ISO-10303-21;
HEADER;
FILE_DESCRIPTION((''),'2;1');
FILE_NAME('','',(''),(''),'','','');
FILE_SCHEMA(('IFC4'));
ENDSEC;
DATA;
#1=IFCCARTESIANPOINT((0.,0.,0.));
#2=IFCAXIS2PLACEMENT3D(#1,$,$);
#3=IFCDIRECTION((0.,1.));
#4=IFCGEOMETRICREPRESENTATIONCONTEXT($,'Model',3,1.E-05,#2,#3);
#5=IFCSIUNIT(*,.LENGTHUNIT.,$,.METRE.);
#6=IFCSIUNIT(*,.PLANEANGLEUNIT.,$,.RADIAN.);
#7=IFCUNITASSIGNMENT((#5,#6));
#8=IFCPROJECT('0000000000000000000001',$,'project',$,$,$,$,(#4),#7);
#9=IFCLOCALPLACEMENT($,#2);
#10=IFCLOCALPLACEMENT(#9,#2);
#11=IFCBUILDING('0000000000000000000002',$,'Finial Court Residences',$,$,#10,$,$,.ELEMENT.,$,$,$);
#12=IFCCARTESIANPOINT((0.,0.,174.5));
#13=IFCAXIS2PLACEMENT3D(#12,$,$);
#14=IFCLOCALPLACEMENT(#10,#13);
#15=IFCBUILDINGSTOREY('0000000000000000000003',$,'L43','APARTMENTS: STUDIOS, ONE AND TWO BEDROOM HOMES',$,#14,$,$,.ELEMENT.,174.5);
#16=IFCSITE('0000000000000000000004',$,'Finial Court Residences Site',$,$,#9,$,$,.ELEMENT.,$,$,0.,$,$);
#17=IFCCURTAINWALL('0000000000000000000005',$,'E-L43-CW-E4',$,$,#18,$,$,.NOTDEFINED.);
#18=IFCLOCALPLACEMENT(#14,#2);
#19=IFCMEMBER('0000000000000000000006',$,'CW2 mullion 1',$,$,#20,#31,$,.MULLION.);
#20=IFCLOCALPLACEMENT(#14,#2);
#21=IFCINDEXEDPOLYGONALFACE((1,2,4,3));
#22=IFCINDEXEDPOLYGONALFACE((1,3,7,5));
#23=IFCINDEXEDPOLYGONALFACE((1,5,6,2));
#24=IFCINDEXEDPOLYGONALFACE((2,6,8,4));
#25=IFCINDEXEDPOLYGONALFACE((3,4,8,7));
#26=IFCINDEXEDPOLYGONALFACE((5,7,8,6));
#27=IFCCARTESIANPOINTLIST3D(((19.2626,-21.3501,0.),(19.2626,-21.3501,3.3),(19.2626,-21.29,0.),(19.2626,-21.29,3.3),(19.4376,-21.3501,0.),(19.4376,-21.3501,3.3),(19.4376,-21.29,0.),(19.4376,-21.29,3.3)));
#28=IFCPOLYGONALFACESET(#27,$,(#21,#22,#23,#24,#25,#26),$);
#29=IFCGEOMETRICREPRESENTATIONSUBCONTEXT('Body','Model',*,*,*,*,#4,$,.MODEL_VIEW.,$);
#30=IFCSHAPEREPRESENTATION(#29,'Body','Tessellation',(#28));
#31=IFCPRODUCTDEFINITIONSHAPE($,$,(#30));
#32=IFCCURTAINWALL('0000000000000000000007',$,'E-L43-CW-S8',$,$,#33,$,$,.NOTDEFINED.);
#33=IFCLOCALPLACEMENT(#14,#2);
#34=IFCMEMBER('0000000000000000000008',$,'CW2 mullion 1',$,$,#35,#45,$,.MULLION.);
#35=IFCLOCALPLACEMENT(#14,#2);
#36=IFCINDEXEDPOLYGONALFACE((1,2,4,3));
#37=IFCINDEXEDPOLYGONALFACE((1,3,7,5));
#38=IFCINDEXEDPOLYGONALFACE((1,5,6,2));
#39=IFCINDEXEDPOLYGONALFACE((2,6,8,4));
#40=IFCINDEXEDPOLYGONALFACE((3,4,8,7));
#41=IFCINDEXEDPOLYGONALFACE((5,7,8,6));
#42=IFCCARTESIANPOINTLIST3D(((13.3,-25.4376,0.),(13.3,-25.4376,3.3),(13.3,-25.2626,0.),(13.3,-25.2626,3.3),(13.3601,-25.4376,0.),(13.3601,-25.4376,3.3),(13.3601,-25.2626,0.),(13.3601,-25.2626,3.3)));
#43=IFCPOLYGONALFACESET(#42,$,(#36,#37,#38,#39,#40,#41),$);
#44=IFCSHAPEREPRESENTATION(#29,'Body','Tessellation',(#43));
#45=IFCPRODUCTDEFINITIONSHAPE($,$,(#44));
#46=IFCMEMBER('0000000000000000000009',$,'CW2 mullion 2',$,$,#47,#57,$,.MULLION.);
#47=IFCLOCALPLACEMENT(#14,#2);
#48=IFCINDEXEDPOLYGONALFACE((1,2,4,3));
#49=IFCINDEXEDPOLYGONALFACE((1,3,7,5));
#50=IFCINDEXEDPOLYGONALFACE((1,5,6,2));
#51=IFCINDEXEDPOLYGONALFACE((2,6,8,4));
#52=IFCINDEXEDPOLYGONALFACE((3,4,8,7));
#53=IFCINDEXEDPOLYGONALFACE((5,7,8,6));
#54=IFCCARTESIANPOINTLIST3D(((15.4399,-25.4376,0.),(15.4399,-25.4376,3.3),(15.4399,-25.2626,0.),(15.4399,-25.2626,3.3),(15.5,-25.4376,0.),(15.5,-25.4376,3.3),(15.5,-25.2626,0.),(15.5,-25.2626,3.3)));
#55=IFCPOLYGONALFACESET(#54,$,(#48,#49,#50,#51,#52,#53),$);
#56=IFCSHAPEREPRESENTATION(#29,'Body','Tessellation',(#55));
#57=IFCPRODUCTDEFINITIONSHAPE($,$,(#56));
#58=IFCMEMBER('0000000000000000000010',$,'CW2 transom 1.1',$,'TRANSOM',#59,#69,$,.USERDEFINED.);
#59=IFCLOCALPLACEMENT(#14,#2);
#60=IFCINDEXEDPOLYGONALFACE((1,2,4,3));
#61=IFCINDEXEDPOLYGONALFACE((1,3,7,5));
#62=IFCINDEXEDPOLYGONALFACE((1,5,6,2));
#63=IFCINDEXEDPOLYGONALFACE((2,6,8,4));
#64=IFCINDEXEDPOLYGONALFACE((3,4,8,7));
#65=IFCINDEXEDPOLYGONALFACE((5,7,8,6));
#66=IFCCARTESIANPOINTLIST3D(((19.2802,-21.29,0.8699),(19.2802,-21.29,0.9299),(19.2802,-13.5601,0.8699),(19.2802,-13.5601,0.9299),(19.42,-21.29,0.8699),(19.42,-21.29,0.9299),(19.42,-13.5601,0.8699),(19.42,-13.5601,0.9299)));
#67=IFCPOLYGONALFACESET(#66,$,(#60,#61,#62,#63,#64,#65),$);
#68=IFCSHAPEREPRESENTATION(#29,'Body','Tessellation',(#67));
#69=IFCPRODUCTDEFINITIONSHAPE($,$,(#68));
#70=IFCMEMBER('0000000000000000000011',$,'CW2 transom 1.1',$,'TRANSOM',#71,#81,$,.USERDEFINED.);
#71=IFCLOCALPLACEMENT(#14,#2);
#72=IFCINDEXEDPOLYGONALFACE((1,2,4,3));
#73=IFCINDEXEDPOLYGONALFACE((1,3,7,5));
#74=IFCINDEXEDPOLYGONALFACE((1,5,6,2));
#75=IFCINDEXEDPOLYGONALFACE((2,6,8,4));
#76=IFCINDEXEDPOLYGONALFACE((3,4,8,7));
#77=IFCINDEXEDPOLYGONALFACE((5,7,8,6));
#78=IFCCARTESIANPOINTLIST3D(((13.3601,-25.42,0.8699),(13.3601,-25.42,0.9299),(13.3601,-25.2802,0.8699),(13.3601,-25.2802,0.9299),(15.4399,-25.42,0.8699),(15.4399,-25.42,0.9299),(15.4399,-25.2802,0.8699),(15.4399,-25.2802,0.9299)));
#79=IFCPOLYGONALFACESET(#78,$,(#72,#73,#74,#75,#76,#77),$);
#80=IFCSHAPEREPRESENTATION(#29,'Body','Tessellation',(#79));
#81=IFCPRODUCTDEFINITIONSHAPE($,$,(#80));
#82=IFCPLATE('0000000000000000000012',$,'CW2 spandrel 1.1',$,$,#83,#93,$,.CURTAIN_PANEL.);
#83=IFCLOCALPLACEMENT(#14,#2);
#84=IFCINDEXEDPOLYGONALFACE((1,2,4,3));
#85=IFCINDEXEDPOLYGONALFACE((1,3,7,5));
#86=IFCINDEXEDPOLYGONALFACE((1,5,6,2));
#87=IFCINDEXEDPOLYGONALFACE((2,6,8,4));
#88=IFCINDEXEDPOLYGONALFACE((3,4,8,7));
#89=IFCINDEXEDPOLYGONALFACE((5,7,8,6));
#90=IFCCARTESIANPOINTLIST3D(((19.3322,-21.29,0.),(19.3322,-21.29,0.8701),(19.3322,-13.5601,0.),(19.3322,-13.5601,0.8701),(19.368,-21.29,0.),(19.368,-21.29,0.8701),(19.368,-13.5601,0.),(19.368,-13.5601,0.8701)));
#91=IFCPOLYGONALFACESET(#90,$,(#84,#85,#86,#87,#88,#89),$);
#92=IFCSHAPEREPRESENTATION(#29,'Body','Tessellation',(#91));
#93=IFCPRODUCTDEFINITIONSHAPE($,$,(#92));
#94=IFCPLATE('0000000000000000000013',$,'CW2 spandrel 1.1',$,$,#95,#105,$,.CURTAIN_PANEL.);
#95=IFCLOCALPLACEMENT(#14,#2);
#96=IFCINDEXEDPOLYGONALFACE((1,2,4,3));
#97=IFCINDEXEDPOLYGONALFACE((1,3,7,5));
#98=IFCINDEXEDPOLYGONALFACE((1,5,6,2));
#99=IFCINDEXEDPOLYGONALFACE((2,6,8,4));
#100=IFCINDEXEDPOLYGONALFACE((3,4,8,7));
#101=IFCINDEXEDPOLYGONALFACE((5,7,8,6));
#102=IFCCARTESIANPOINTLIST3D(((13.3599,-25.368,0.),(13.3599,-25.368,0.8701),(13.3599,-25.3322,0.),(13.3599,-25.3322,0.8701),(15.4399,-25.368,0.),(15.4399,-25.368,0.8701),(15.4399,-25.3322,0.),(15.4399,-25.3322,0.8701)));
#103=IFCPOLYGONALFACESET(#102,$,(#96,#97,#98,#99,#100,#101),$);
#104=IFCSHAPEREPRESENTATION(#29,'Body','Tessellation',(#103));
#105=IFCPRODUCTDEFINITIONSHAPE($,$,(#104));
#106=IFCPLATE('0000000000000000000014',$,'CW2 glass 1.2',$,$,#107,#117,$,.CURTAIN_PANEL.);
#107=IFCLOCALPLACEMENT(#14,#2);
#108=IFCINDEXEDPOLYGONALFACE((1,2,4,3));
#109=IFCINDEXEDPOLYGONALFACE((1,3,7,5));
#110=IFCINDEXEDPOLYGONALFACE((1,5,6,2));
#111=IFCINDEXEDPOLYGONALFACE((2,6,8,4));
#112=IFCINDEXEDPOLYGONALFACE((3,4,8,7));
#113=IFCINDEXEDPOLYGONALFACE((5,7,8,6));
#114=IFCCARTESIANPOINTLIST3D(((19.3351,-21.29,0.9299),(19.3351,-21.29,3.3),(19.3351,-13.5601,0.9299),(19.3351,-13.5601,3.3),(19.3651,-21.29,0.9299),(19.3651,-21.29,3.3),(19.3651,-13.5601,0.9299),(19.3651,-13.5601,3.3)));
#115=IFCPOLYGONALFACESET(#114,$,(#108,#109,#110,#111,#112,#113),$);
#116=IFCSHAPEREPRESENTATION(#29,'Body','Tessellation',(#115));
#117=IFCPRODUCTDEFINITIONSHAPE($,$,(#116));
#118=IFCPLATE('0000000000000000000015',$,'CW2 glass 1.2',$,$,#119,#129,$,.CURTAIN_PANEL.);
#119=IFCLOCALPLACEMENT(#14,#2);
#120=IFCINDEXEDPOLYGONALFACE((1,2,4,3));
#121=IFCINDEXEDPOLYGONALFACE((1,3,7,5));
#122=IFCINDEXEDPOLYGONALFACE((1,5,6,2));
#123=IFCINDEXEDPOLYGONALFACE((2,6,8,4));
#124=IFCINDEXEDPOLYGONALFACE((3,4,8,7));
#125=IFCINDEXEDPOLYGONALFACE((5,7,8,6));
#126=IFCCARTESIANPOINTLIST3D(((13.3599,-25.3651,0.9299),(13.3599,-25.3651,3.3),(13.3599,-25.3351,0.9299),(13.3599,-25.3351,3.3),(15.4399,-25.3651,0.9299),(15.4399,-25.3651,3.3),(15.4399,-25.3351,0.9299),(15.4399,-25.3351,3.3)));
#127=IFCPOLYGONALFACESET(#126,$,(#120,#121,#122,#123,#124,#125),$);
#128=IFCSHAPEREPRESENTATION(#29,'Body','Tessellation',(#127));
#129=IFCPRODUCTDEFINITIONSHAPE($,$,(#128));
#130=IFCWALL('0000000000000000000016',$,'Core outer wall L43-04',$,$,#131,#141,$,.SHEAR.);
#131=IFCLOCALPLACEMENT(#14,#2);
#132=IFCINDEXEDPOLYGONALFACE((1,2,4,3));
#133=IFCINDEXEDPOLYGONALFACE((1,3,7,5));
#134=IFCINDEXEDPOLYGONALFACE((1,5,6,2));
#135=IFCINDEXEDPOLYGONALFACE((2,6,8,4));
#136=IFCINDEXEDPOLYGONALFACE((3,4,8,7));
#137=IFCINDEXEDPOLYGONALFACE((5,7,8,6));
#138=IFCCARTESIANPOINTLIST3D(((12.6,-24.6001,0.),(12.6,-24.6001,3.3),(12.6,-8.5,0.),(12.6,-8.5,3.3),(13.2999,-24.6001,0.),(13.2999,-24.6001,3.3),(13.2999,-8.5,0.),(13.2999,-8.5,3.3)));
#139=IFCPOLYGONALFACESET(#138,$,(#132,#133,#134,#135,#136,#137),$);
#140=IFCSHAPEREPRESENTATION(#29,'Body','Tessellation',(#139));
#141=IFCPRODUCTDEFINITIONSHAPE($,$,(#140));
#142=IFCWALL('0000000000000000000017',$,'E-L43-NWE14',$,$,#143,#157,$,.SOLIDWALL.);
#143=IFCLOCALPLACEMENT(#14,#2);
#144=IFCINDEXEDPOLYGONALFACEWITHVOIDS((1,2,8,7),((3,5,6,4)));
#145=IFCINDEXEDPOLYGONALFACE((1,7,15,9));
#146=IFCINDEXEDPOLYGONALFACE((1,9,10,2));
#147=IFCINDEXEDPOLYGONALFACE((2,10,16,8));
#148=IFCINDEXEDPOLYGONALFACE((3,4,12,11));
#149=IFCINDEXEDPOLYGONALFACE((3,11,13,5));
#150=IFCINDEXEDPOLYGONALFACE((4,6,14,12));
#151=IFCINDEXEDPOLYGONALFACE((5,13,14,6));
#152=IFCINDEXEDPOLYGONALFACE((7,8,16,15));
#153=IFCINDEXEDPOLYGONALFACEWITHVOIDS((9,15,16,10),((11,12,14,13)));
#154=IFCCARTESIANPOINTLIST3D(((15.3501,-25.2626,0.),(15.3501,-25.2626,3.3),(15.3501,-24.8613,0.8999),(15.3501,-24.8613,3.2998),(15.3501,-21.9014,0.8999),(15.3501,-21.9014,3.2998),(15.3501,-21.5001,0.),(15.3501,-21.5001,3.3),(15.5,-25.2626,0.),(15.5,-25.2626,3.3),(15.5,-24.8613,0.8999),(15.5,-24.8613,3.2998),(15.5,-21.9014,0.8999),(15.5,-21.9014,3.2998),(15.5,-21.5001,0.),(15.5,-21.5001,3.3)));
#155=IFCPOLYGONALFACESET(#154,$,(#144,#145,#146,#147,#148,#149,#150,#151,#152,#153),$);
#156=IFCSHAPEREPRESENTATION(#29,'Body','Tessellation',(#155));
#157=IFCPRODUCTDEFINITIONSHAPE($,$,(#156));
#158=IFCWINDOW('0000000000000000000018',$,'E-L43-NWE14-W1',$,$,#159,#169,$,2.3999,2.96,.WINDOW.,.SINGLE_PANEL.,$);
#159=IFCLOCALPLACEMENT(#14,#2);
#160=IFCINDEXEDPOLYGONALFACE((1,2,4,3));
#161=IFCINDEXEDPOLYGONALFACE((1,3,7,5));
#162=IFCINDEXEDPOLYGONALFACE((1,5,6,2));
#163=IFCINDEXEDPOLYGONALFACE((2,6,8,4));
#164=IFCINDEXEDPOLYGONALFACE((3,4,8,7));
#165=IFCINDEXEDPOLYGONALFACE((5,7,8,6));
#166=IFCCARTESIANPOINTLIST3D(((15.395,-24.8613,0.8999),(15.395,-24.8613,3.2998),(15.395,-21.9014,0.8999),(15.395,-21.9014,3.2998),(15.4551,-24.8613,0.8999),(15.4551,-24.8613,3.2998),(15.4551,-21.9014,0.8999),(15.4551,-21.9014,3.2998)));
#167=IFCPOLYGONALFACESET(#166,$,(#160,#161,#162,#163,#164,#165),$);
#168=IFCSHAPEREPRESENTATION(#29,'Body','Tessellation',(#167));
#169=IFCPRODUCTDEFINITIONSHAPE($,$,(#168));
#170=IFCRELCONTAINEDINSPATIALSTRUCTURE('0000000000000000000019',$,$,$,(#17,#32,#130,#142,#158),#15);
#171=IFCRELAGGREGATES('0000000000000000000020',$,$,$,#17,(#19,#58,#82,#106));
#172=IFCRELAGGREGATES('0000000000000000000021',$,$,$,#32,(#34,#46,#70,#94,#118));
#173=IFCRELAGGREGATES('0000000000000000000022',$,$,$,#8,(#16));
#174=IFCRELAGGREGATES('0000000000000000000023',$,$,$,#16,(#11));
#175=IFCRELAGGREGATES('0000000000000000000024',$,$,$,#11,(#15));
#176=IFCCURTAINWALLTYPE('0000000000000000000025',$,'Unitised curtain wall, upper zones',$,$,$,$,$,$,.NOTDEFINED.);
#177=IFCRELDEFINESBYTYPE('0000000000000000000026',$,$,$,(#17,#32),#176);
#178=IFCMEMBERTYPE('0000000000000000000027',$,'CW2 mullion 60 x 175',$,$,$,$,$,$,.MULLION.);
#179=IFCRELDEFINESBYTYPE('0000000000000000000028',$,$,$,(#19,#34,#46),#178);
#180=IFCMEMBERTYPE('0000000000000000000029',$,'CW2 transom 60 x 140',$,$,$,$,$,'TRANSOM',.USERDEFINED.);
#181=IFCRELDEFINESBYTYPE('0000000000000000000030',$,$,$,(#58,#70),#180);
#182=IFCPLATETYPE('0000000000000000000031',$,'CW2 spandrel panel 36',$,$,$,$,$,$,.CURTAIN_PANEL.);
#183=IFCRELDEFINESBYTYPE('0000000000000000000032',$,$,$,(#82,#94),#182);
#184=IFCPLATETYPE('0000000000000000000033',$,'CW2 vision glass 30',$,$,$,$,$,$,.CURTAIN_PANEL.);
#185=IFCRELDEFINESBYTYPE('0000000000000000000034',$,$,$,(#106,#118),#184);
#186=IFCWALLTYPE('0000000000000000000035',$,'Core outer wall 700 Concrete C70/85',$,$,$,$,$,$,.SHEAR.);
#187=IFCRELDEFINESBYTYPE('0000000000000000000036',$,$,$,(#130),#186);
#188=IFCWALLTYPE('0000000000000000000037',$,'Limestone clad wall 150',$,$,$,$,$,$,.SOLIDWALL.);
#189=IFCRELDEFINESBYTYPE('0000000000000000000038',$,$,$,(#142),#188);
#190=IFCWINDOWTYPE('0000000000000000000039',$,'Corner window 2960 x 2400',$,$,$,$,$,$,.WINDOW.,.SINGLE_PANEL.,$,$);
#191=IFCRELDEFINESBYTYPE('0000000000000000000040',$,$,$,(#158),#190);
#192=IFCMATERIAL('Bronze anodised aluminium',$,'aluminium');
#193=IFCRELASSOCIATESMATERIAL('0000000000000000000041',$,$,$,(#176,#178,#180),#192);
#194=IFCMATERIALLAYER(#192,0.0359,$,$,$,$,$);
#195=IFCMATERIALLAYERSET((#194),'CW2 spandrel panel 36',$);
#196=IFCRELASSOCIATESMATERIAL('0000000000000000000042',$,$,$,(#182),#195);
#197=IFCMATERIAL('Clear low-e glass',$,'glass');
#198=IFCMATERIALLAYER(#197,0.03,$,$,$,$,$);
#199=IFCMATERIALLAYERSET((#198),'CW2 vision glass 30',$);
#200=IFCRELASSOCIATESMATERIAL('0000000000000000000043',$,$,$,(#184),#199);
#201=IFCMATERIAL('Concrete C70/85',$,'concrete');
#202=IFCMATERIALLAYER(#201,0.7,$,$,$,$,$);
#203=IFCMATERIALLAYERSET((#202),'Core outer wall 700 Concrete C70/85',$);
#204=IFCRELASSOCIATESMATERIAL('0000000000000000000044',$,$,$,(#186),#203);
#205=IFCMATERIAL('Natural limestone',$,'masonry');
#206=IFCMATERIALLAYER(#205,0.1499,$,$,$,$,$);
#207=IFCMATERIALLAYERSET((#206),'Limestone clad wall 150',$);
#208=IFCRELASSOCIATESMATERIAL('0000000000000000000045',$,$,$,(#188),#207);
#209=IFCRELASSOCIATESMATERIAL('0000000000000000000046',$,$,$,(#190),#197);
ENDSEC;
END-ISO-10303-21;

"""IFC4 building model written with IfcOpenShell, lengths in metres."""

from ifc_helpers import new_model, si_unit, direction, frame, frame_2d, origin, origin_2d, place, context, subcontext, project, spatial, rectangle, extrude, material, layer, layer_set, material_profile, profile_set, type_object, element, fill, aggregate, save


model = new_model("IFC4")

# Units and contexts
model_context = context("Model", 3, precision=1e-05, world=origin(), true_north=direction((0.0, 1.0)))
body_context = subcontext(model_context, "Body", "Model", "MODEL_VIEW")
ifc_project = project(units=[si_unit("LENGTHUNIT", "METRE"), si_unit("PLANEANGLEUNIT", "RADIAN")], contexts=[model_context])

# Site, building, storey
site_placement = place(None, origin())
site = spatial("IfcSite", under=ifc_project, at=site_placement, Name="Finial Court Residences Site", CompositionType="ELEMENT", RefElevation=0.0)
building_placement = place(site_placement, origin())
building = spatial("IfcBuilding", under=site, at=building_placement, Name="Finial Court Residences", CompositionType="ELEMENT")
storey_placement = place(building_placement, frame((0.0, 0.0, 174.5)))
storey = spatial("IfcBuildingStorey", under=building, at=storey_placement, Name="L43", Description="APARTMENTS: STUDIOS, ONE AND TWO BEDROOM HOMES", CompositionType="ELEMENT", Elevation=174.5)

# Curtain wall, member
ifc_material_1 = material(Name="Bronze anodised aluminium", Category="aluminium")
curtain_wall_type = type_object("IfcCurtainWallType", Name="Unitised curtain wall, upper zones", PredefinedType="NOTDEFINED", material=ifc_material_1)
curtain_wall_1_placement = place(storey_placement, origin())
curtain_wall_1 = element("IfcCurtainWall", 1, at=curtain_wall_1_placement, inside=storey, type_object=curtain_wall_type, Name="E-L43-CW-E4", PredefinedType="NOTDEFINED")
ifc_material_profile_1 = material_profile(ifc_material_1, rectangle(XDim=0.175, YDim=0.0601, at=origin_2d()), Name="CW2 mullion 60 x 175")
ifc_profile_set_1 = profile_set([ifc_material_profile_1], Name="Bronze anodised aluminium")
member_type_1 = type_object("IfcMemberType", Name="CW2 mullion 60 x 175", PredefinedType="MULLION", material=ifc_profile_set_1)
member_1_placement = place(storey_placement, frame((19.3501, -21.3201, 0.0), z_axis=(0.0, 0.0, 1.0), x_axis=(-1.0, 0.0, 0.0)))
member_1 = element("IfcMember", 2, at=member_1_placement, type_object=member_type_1, Name="CW2 mullion 1", PredefinedType="MULLION", context=body_context, shape_type="SweptSolid", body=[
    extrude(rectangle(XDim=0.175, YDim=0.0601, at=origin_2d()), origin(), (0.0, 0.0, 1.0), 3.3),
])

# Curtain wall, members
curtain_wall_2_placement = place(storey_placement, origin())
curtain_wall_2 = element("IfcCurtainWall", 3, at=curtain_wall_2_placement, inside=storey, type_object=curtain_wall_type, Name="E-L43-CW-S8", PredefinedType="NOTDEFINED")
member_2_placement = place(storey_placement, frame((13.3301, -25.3501, 0.0), z_axis=(0.0, 0.0, 1.0), x_axis=(0.0, 1.0, 0.0)))
member_2 = element("IfcMember", 4, at=member_2_placement, type_object=member_type_1, Name="CW2 mullion 1", PredefinedType="MULLION", context=body_context, shape_type="SweptSolid", body=[
    extrude(rectangle(XDim=0.175, YDim=0.0601, at=origin_2d()), origin(), (0.0, 0.0, 1.0), 3.3),
])
member_3_placement = place(storey_placement, frame((15.47, -25.3501, 0.0), z_axis=(0.0, 0.0, 1.0), x_axis=(0.0, 1.0, 0.0)))
member_3 = element("IfcMember", 5, at=member_3_placement, type_object=member_type_1, Name="CW2 mullion 2", PredefinedType="MULLION", context=body_context, shape_type="SweptSolid", body=[
    extrude(rectangle(XDim=0.175, YDim=0.0601, at=origin_2d()), origin(), (0.0, 0.0, 1.0), 3.3),
])

# Members
ifc_material_profile_2 = material_profile(ifc_material_1, rectangle(XDim=0.1399, YDim=0.0601, at=origin_2d()), Name="CW2 transom 60 x 140")
ifc_profile_set_2 = profile_set([ifc_material_profile_2], Name="Bronze anodised aluminium")
member_type_2 = type_object("IfcMemberType", Name="CW2 transom 60 x 140", ElementType="TRANSOM", PredefinedType="USERDEFINED", material=ifc_profile_set_2)
member_4_placement = place(storey_placement, frame((19.3501, -21.29, 0.8999), z_axis=(0.0, 1.0, 0.0), x_axis=(-1.0, 0.0, 0.0)))
member_4 = element("IfcMember", 6, at=member_4_placement, type_object=member_type_2, Name="CW2 transom 1.1", ObjectType="TRANSOM", PredefinedType="USERDEFINED", context=body_context, shape_type="SweptSolid", body=[
    extrude(rectangle(XDim=0.1399, YDim=0.0601, at=origin_2d()), origin(), (0.0, 0.0, 1.0), 7.73),
])
member_5_placement = place(storey_placement, frame((13.3601, -25.3501, 0.8999), z_axis=(1.0, 0.0, 0.0), x_axis=(0.0, 1.0, 0.0)))
member_5 = element("IfcMember", 7, at=member_5_placement, type_object=member_type_2, Name="CW2 transom 1.1", ObjectType="TRANSOM", PredefinedType="USERDEFINED", context=body_context, shape_type="SweptSolid", body=[
    extrude(rectangle(XDim=0.1399, YDim=0.0601, at=origin_2d()), origin(), (0.0, 0.0, 1.0), 2.0798),
])

# Plates
ifc_layer_1 = layer(ifc_material_1, 0.0359)
ifc_layer_set_1 = layer_set([ifc_layer_1], Name="CW2 spandrel panel 36")
plate_type_1 = type_object("IfcPlateType", Name="CW2 spandrel panel 36", PredefinedType="CURTAIN_PANEL", material=ifc_layer_set_1)
plate_1_placement = place(storey_placement, frame((19.3501, -17.425, 0.0), z_axis=(0.0, 0.0, 1.0), x_axis=(0.0, 1.0, 0.0)))
plate_1 = element("IfcPlate", 8, at=plate_1_placement, type_object=plate_type_1, Name="CW2 spandrel 1.1", PredefinedType="CURTAIN_PANEL", context=body_context, shape_type="SweptSolid", body=[
    extrude(rectangle(XDim=7.73, YDim=0.0359, at=origin_2d()), origin(), (0.0, 0.0, 1.0), 0.8701),
])
plate_2_placement = place(storey_placement, frame((14.3999, -25.3501, 0.0), z_axis=(0.0, 0.0, 1.0), x_axis=(1.0, 0.0, 0.0)))
plate_2 = element("IfcPlate", 9, at=plate_2_placement, type_object=plate_type_1, Name="CW2 spandrel 1.1", PredefinedType="CURTAIN_PANEL", context=body_context, shape_type="SweptSolid", body=[
    extrude(rectangle(XDim=2.0801, YDim=0.0359, at=origin_2d()), origin(), (0.0, 0.0, 1.0), 0.8701),
])
ifc_material_2 = material(Name="Clear low-e glass", Category="glass")
ifc_layer_2 = layer(ifc_material_2, 0.03)
ifc_layer_set_2 = layer_set([ifc_layer_2], Name="CW2 vision glass 30")
plate_type_2 = type_object("IfcPlateType", Name="CW2 vision glass 30", PredefinedType="CURTAIN_PANEL", material=ifc_layer_set_2)
plate_3_placement = place(storey_placement, frame((19.3501, -17.425, 0.9299), z_axis=(0.0, 0.0, 1.0), x_axis=(0.0, 1.0, 0.0)))
plate_3 = element("IfcPlate", 10, at=plate_3_placement, type_object=plate_type_2, Name="CW2 glass 1.2", PredefinedType="CURTAIN_PANEL", context=body_context, shape_type="SweptSolid", body=[
    extrude(rectangle(XDim=7.73, YDim=0.03, at=origin_2d()), origin(), (0.0, 0.0, 1.0), 2.3701),
])
aggregate(curtain_wall_1, [member_1, member_4, plate_1, plate_3])
plate_4_placement = place(storey_placement, frame((14.3999, -25.3501, 0.9299), z_axis=(0.0, 0.0, 1.0), x_axis=(1.0, 0.0, 0.0)))
plate_4 = element("IfcPlate", 11, at=plate_4_placement, type_object=plate_type_2, Name="CW2 glass 1.2", PredefinedType="CURTAIN_PANEL", context=body_context, shape_type="SweptSolid", body=[
    extrude(rectangle(XDim=2.0801, YDim=0.03, at=origin_2d()), origin(), (0.0, 0.0, 1.0), 2.3701),
])
aggregate(curtain_wall_2, [member_2, member_3, member_5, plate_2, plate_4])

# Wall
ifc_material_3 = material(Name="Concrete C70/85", Category="concrete")
ifc_layer_3 = layer(ifc_material_3, 0.7)
ifc_layer_set_3 = layer_set([ifc_layer_3], Name="Core outer wall 700 Concrete C70/85")
wall_type_1 = type_object("IfcWallType", Name="Core outer wall 700 Concrete C70/85", PredefinedType="SHEAR", material=ifc_layer_set_3)
wall_1_placement = place(storey_placement, frame((12.95, -24.6001, 0.0), z_axis=(0.0, 0.0, 1.0), x_axis=(0.0, 1.0, 0.0)))
element("IfcWall", 12, at=wall_1_placement, inside=storey, type_object=wall_type_1, Name="Core outer wall L43-04", PredefinedType="SHEAR", context=body_context, shape_type="SweptSolid", body=[
    extrude(rectangle(XDim=16.1001, YDim=0.7, at=frame_2d((8.05, 0.0))), origin(), (0.0, 0.0, 1.0), 3.3),
])

# Wall, opening, window
ifc_material_4 = material(Name="Natural limestone", Category="masonry")
ifc_layer_4 = layer(ifc_material_4, 0.1499)
ifc_layer_set_4 = layer_set([ifc_layer_4], Name="Limestone clad wall 150")
wall_type_2 = type_object("IfcWallType", Name="Limestone clad wall 150", PredefinedType="SOLIDWALL", material=ifc_layer_set_4)
wall_2_placement = place(storey_placement, frame((15.425, -21.5, 0.0), z_axis=(0.0, 0.0, 1.0), x_axis=(0.0, -1.0, 0.0)))
wall_2 = element("IfcWall", 13, at=wall_2_placement, inside=storey, type_object=wall_type_2, Name="E-L43-NWE14", PredefinedType="SOLIDWALL", context=body_context, shape_type="SweptSolid", body=[
    extrude(rectangle(XDim=3.7625, YDim=0.1499, at=frame_2d((1.8813, 0.0))), origin(), (0.0, 0.0, 1.0), 3.3),
])
opening_1_placement = place(wall_2_placement, frame((0.4014, 0.0, 0.8999)))
opening_1 = element("IfcOpeningElement", 14, at=opening_1_placement, cuts=wall_2, PredefinedType="OPENING", context=body_context, shape_type="SweptSolid", body=[
    extrude(rectangle(XDim=2.96, YDim=2.3999, at=frame_2d((1.48, 1.2))), frame((0.0, 0.085, 0.0), z_axis=(0.0, -1.0, 0.0), x_axis=(1.0, 0.0, 0.0)), (0.0, 0.0, 1.0), 0.1699),
])
window_type_1 = type_object("IfcWindowType", Name="Corner window 2960 x 2400", PartitioningType="SINGLE_PANEL", PredefinedType="WINDOW", material=ifc_material_2)
window_1_placement = place(opening_1_placement, origin())
window_1 = element("IfcWindow", 15, at=window_1_placement, inside=storey, type_object=window_type_1, Name="E-L43-NWE14-W1", OverallHeight=2.3999, OverallWidth=2.96, PartitioningType="SINGLE_PANEL", PredefinedType="WINDOW", context=body_context, shape_type="SweptSolid", body=[
    extrude(rectangle(XDim=2.96, YDim=2.3999, at=frame_2d((1.48, 1.2))), frame((0.0, 0.03, 0.0), z_axis=(0.0, -1.0, 0.0), x_axis=(1.0, 0.0, 0.0)), (0.0, 0.0, 1.0), 0.0601),
])
fill(opening_1, window_1)

save(model, "model.ifc")
